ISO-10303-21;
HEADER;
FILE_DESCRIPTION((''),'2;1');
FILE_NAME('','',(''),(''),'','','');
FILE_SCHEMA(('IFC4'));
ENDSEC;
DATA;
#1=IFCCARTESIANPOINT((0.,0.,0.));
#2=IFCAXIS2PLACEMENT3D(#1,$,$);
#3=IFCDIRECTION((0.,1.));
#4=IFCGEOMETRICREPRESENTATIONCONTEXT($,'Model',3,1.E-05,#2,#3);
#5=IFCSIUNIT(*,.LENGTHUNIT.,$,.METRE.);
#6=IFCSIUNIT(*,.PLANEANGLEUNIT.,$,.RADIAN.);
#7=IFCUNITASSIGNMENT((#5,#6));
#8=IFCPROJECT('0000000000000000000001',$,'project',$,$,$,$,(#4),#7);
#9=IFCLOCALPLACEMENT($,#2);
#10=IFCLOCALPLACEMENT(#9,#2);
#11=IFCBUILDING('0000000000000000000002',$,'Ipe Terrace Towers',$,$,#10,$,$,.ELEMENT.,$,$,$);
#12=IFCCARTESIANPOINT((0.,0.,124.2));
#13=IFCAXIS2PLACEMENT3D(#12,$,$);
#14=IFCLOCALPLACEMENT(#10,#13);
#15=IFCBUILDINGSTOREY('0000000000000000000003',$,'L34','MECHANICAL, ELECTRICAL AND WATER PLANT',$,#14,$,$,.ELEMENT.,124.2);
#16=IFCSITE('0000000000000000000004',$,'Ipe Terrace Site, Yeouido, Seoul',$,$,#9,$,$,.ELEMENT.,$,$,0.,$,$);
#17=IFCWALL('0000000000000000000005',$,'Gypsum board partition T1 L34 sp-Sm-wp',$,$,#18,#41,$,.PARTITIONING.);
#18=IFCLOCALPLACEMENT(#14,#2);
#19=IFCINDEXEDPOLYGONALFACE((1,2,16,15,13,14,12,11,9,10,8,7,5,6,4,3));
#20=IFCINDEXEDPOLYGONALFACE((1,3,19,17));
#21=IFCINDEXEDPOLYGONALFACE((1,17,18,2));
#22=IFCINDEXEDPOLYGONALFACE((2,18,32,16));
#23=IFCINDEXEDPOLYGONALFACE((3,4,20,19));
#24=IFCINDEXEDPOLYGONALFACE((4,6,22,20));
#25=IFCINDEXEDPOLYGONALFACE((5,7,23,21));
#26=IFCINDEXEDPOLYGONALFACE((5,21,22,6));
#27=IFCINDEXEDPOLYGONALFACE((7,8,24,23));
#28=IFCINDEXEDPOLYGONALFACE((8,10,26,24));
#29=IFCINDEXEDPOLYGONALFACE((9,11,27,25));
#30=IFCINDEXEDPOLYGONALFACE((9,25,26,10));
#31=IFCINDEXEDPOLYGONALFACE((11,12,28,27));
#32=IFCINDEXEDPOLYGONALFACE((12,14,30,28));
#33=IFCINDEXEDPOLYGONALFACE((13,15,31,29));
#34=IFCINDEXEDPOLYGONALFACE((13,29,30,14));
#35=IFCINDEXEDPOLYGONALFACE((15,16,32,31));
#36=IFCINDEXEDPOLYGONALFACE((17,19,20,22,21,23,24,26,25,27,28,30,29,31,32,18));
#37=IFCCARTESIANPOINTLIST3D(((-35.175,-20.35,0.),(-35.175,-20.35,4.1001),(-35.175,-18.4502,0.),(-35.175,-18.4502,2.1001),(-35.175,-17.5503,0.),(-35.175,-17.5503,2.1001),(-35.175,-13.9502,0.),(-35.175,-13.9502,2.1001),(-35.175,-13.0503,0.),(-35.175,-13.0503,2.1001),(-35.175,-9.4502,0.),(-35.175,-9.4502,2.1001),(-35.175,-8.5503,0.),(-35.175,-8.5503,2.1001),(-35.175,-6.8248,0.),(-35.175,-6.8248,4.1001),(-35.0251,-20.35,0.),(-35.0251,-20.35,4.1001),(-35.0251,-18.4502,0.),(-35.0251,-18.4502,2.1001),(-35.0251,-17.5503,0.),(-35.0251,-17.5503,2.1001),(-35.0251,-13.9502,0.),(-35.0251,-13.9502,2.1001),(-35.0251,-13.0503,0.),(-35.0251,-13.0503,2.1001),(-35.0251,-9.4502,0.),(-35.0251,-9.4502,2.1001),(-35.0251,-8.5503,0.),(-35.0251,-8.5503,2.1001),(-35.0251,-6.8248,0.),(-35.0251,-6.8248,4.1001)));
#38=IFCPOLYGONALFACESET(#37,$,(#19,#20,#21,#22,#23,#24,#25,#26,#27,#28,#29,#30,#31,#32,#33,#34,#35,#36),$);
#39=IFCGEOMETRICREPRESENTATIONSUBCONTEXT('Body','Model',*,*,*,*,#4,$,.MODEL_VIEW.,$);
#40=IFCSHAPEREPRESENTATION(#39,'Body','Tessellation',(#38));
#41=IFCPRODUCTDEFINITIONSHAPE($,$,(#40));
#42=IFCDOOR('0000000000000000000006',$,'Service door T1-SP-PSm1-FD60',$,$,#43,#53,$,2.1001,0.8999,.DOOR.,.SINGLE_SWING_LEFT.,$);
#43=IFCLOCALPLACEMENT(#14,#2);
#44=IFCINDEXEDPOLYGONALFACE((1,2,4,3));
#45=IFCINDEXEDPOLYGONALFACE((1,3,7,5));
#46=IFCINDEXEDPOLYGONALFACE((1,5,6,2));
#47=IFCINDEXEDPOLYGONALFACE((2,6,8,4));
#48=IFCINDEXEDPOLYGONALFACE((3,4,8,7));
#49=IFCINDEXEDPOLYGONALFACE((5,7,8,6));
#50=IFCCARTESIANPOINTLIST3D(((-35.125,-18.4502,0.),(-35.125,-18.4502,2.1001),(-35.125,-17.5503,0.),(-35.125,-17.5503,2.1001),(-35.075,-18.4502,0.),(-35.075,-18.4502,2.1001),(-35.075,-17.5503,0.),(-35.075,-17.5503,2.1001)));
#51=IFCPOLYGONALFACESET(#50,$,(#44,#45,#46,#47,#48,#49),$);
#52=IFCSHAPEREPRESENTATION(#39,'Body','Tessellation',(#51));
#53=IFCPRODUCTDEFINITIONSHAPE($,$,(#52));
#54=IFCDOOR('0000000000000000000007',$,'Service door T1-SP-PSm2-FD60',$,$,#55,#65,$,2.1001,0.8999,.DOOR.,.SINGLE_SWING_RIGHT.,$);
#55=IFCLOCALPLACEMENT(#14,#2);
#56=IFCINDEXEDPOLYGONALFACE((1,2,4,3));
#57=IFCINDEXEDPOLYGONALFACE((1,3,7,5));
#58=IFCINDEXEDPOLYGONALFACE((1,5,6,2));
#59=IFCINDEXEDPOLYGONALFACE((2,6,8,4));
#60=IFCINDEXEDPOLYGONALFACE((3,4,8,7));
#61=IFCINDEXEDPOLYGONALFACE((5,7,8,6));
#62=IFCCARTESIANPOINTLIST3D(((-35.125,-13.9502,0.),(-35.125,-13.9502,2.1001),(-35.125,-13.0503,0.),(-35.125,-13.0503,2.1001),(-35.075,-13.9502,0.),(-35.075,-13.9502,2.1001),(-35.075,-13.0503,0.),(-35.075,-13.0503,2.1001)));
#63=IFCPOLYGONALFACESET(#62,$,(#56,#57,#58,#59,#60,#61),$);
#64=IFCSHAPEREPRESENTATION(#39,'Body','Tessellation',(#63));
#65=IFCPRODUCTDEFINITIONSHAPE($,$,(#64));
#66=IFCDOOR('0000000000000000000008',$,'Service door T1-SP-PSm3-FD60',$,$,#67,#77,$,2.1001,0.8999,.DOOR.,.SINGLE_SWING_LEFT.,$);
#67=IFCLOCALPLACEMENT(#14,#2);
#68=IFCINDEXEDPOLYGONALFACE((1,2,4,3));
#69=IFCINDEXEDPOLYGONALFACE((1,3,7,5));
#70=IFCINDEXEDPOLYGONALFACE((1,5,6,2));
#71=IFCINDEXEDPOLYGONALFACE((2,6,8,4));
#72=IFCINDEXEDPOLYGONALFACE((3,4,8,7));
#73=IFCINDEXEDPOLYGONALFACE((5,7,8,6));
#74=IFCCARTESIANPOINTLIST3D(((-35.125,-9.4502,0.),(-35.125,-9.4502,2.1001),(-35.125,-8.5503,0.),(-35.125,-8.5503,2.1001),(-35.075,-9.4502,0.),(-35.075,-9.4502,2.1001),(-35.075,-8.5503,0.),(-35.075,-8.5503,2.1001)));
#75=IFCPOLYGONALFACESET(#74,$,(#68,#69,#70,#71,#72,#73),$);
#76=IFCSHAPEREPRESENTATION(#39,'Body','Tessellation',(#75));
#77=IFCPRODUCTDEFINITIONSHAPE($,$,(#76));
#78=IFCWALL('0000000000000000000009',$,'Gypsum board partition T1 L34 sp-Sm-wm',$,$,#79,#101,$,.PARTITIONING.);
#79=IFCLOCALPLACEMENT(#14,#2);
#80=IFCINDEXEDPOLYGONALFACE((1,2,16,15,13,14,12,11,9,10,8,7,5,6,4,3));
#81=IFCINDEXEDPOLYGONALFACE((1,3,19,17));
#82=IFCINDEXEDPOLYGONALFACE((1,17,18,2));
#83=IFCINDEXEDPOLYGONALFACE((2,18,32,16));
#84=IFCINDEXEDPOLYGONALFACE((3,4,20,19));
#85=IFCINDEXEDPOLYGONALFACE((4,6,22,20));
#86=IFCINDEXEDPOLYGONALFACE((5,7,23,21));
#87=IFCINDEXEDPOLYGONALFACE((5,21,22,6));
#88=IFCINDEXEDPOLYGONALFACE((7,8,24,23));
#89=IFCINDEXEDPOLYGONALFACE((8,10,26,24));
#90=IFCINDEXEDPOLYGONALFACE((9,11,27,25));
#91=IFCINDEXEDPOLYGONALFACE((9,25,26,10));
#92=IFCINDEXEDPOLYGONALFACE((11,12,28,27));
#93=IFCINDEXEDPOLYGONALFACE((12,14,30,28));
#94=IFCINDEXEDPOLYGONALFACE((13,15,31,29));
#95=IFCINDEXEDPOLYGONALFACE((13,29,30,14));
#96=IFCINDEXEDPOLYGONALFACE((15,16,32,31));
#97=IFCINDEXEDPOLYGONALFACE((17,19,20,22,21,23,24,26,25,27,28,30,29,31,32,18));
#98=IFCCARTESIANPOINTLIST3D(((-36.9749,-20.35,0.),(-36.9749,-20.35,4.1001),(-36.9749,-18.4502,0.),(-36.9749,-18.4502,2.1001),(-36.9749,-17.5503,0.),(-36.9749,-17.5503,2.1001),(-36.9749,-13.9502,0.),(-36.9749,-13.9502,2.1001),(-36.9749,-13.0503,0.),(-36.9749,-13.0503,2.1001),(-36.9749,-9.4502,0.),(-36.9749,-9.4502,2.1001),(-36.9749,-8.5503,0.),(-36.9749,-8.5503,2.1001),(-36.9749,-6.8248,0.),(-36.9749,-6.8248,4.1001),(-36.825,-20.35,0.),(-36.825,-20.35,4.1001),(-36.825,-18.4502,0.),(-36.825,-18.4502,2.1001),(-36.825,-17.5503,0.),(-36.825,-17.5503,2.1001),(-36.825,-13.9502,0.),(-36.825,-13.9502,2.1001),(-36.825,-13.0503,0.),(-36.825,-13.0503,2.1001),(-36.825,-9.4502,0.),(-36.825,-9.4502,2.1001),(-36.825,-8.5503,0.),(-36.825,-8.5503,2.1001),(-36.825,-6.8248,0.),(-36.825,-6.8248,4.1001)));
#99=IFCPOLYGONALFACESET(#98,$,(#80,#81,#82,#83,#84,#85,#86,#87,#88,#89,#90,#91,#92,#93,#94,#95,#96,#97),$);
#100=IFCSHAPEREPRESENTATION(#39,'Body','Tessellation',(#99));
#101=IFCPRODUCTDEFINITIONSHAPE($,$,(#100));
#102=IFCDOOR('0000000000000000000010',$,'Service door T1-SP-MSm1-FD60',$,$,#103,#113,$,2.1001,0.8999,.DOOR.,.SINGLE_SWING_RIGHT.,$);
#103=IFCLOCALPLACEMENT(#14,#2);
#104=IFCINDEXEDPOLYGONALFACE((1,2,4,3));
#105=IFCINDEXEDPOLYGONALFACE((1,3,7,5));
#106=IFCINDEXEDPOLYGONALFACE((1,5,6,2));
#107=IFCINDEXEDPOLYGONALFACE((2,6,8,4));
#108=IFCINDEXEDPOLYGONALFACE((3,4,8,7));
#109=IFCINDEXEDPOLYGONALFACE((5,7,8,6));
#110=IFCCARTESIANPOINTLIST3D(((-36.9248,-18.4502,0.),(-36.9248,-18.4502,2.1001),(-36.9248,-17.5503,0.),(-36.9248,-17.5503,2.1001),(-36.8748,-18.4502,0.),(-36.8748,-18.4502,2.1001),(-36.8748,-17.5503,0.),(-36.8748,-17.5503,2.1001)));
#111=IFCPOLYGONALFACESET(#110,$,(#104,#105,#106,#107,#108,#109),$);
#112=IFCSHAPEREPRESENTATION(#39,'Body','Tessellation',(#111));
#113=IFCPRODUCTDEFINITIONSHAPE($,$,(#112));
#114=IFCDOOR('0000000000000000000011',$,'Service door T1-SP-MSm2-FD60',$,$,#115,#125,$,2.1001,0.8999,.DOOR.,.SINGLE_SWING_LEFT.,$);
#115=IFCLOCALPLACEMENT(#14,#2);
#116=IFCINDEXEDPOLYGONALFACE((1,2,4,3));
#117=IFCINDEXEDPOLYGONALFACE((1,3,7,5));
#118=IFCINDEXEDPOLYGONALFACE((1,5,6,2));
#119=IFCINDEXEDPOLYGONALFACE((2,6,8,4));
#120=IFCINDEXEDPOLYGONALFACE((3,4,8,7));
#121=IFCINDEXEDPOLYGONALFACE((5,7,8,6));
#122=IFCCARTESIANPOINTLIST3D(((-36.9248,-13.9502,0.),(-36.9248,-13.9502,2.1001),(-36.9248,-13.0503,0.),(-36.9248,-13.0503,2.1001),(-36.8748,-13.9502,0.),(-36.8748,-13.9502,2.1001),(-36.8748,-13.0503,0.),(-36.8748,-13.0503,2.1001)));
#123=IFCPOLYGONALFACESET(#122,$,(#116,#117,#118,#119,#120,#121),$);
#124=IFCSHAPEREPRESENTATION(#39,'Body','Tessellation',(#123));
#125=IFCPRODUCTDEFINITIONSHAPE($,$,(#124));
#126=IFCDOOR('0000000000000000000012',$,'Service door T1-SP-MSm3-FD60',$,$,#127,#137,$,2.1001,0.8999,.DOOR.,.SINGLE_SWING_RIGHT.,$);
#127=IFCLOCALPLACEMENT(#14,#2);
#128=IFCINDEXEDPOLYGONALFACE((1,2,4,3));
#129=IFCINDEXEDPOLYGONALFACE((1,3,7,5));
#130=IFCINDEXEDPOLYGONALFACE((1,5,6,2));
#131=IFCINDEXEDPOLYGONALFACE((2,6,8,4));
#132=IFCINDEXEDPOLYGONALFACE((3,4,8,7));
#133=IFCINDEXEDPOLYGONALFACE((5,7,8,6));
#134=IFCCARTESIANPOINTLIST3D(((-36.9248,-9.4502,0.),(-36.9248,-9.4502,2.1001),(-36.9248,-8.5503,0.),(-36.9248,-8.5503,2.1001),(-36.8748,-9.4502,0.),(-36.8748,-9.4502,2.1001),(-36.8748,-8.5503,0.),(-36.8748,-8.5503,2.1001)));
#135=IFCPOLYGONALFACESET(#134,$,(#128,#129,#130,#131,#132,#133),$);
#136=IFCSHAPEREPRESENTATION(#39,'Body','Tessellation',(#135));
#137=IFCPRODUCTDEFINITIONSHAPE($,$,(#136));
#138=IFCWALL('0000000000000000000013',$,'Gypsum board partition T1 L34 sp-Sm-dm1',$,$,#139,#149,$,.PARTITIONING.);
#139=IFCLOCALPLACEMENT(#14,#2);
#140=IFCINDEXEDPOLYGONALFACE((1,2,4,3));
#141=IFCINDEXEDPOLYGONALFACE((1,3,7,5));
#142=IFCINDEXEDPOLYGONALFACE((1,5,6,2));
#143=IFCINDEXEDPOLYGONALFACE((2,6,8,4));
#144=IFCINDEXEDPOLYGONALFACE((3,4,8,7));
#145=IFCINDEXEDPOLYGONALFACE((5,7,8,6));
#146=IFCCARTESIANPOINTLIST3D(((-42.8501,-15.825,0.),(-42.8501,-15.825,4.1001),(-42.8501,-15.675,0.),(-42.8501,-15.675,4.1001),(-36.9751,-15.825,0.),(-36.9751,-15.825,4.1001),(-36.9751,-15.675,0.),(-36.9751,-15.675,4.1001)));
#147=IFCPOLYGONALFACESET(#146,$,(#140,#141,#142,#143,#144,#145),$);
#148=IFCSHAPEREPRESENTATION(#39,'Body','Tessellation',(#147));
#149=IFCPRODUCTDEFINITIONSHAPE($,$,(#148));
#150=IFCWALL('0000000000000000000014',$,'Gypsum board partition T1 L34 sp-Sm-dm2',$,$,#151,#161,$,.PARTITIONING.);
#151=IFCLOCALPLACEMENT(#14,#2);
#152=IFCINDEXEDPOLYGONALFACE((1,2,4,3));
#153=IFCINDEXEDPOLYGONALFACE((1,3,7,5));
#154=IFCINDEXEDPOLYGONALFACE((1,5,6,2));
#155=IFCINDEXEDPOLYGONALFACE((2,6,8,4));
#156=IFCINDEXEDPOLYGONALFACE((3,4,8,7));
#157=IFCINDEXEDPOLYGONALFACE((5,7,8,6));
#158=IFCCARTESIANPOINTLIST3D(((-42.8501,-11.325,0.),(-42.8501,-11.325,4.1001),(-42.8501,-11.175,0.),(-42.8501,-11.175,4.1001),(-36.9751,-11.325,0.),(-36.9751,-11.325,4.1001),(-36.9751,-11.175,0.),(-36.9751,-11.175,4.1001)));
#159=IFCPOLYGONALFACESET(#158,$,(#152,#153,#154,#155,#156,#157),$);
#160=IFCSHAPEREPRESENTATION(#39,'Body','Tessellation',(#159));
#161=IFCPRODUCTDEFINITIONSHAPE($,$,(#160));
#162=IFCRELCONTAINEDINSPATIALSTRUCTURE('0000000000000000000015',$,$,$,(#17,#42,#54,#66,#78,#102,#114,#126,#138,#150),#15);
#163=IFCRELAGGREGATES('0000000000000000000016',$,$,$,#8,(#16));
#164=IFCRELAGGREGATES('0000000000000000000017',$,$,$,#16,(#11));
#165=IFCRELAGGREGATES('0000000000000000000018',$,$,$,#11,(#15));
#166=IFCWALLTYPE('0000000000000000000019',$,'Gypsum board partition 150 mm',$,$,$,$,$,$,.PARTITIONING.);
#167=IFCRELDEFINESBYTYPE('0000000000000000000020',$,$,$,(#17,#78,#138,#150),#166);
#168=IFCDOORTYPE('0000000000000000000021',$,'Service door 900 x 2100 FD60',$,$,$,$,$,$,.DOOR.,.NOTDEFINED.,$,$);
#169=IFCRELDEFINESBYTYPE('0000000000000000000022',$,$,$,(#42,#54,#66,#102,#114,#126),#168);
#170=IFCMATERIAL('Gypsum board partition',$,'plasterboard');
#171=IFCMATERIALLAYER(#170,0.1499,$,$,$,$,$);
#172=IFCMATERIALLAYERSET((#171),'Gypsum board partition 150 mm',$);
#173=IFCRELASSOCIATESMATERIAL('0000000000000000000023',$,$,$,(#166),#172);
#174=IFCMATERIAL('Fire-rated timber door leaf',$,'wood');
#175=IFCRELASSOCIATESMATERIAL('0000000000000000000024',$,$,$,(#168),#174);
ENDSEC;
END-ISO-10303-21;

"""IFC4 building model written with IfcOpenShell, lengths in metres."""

from ifc_helpers import new_model, si_unit, direction, frame, frame_2d, origin, place, context, subcontext, project, spatial, rectangle, extrude, material, layer, layer_set, type_object, element, fill, save


model = new_model("IFC4")

# Units and contexts
model_context = context("Model", 3, precision=1e-05, world=origin(), true_north=direction((0.0, 1.0)))
body_context = subcontext(model_context, "Body", "Model", "MODEL_VIEW")
ifc_project = project(units=[si_unit("LENGTHUNIT", "METRE"), si_unit("PLANEANGLEUNIT", "RADIAN")], contexts=[model_context])

# Site, building, storey
site_placement = place(None, origin())
site = spatial("IfcSite", under=ifc_project, at=site_placement, Name="Ipe Terrace Site, Yeouido, Seoul", CompositionType="ELEMENT", RefElevation=0.0)
building_placement = place(site_placement, origin())
building = spatial("IfcBuilding", under=site, at=building_placement, Name="Ipe Terrace Towers", CompositionType="ELEMENT")
storey_placement = place(building_placement, frame((0.0, 0.0, 124.2)))
storey = spatial("IfcBuildingStorey", under=building, at=storey_placement, Name="L34", Description="MECHANICAL, ELECTRICAL AND WATER PLANT", CompositionType="ELEMENT", Elevation=124.2)

# Shared definitions
ifc_material_1 = material(Name="Gypsum board partition", Category="plasterboard")
ifc_layer_1 = layer(ifc_material_1, 0.1499)
ifc_layer_set_1 = layer_set([ifc_layer_1], Name="Gypsum board partition 150 mm")
wall_type_1 = type_object("IfcWallType", Name="Gypsum board partition 150 mm", PredefinedType="PARTITIONING", material=ifc_layer_set_1)

# Walls, openings, doors
wall_1_placement = place(storey_placement, frame((-35.1001, -20.3501, 0.0), z_axis=(0.0, 0.0, 1.0), x_axis=(0.0, 1.0, 0.0)))
wall_1 = element("IfcWall", 1, at=wall_1_placement, inside=storey, type_object=wall_type_1, Name="Gypsum board partition T1 L34 sp-Sm-wp", PredefinedType="PARTITIONING", context=body_context, shape_type="SweptSolid", body=[
    extrude(rectangle(XDim=13.5251, YDim=0.1499, at=frame_2d((6.7627, 0.0))), origin(), (0.0, 0.0, 1.0), 4.1001),
])
opening_1_placement = place(wall_1_placement, frame((1.8999, 0.0, 0.0)))
opening_1 = element("IfcOpeningElement", 2, at=opening_1_placement, cuts=wall_1, PredefinedType="OPENING", context=body_context, shape_type="SweptSolid", body=[
    extrude(rectangle(XDim=0.8999, YDim=2.1001, at=frame_2d((0.45, 1.05))), frame((0.0, 0.085, 0.0), z_axis=(0.0, -1.0, 0.0), x_axis=(1.0, 0.0, 0.0)), (0.0, 0.0, 1.0), 0.1699),
])
opening_2_placement = place(wall_1_placement, frame((6.3999, 0.0, 0.0)))
opening_2 = element("IfcOpeningElement", 3, at=opening_2_placement, cuts=wall_1, PredefinedType="OPENING", context=body_context, shape_type="SweptSolid", body=[
    extrude(rectangle(XDim=0.8999, YDim=2.1001, at=frame_2d((0.45, 1.05))), frame((0.0, 0.085, 0.0), z_axis=(0.0, -1.0, 0.0), x_axis=(1.0, 0.0, 0.0)), (0.0, 0.0, 1.0), 0.1699),
])
opening_3_placement = place(wall_1_placement, frame((10.8999, 0.0, 0.0)))
opening_3 = element("IfcOpeningElement", 4, at=opening_3_placement, cuts=wall_1, PredefinedType="OPENING", context=body_context, shape_type="SweptSolid", body=[
    extrude(rectangle(XDim=0.8999, YDim=2.1001, at=frame_2d((0.45, 1.05))), frame((0.0, 0.085, 0.0), z_axis=(0.0, -1.0, 0.0), x_axis=(1.0, 0.0, 0.0)), (0.0, 0.0, 1.0), 0.1699),
])
ifc_material_2 = material(Name="Fire-rated timber door leaf", Category="wood")
door_type_1 = type_object("IfcDoorType", Name="Service door 900 x 2100 FD60", OperationType="NOTDEFINED", PredefinedType="DOOR", material=ifc_material_2)
door_1_placement = place(opening_1_placement, origin())
door_1 = element("IfcDoor", 5, at=door_1_placement, inside=storey, type_object=door_type_1, Name="Service door T1-SP-PSm1-FD60", OperationType="SINGLE_SWING_LEFT", OverallHeight=2.1001, OverallWidth=0.8999, PredefinedType="DOOR", context=body_context, shape_type="SweptSolid", body=[
    extrude(rectangle(XDim=0.8999, YDim=2.1001, at=frame_2d((0.45, 1.05))), frame((0.0, 0.0249, 0.0), z_axis=(0.0, -1.0, 0.0), x_axis=(1.0, 0.0, 0.0)), (0.0, 0.0, 1.0), 0.05),
])
fill(opening_1, door_1)
door_2_placement = place(opening_2_placement, origin())
door_2 = element("IfcDoor", 6, at=door_2_placement, inside=storey, type_object=door_type_1, Name="Service door T1-SP-PSm2-FD60", OperationType="SINGLE_SWING_RIGHT", OverallHeight=2.1001, OverallWidth=0.8999, PredefinedType="DOOR", context=body_context, shape_type="SweptSolid", body=[
    extrude(rectangle(XDim=0.8999, YDim=2.1001, at=frame_2d((0.45, 1.05))), frame((0.0, 0.0249, 0.0), z_axis=(0.0, -1.0, 0.0), x_axis=(1.0, 0.0, 0.0)), (0.0, 0.0, 1.0), 0.05),
])
fill(opening_2, door_2)
door_3_placement = place(opening_3_placement, origin())
door_3 = element("IfcDoor", 7, at=door_3_placement, inside=storey, type_object=door_type_1, Name="Service door T1-SP-PSm3-FD60", OperationType="SINGLE_SWING_LEFT", OverallHeight=2.1001, OverallWidth=0.8999, PredefinedType="DOOR", context=body_context, shape_type="SweptSolid", body=[
    extrude(rectangle(XDim=0.8999, YDim=2.1001, at=frame_2d((0.45, 1.05))), frame((0.0, 0.0249, 0.0), z_axis=(0.0, -1.0, 0.0), x_axis=(1.0, 0.0, 0.0)), (0.0, 0.0, 1.0), 0.05),
])
fill(opening_3, door_3)
wall_2_placement = place(storey_placement, frame((-36.8999, -20.3501, 0.0), z_axis=(0.0, 0.0, 1.0), x_axis=(0.0, 1.0, 0.0)))
wall_2 = element("IfcWall", 8, at=wall_2_placement, inside=storey, type_object=wall_type_1, Name="Gypsum board partition T1 L34 sp-Sm-wm", PredefinedType="PARTITIONING", context=body_context, shape_type="SweptSolid", body=[
    extrude(rectangle(XDim=13.5251, YDim=0.1499, at=frame_2d((6.7627, 0.0))), origin(), (0.0, 0.0, 1.0), 4.1001),
])
opening_4_placement = place(wall_2_placement, frame((1.8999, 0.0, 0.0)))
opening_4 = element("IfcOpeningElement", 9, at=opening_4_placement, cuts=wall_2, PredefinedType="OPENING", context=body_context, shape_type="SweptSolid", body=[
    extrude(rectangle(XDim=0.8999, YDim=2.1001, at=frame_2d((0.45, 1.05))), frame((0.0, 0.085, 0.0), z_axis=(0.0, -1.0, 0.0), x_axis=(1.0, 0.0, 0.0)), (0.0, 0.0, 1.0), 0.1699),
])
opening_5_placement = place(wall_2_placement, frame((6.3999, 0.0, 0.0)))
opening_5 = element("IfcOpeningElement", 10, at=opening_5_placement, cuts=wall_2, PredefinedType="OPENING", context=body_context, shape_type="SweptSolid", body=[
    extrude(rectangle(XDim=0.8999, YDim=2.1001, at=frame_2d((0.45, 1.05))), frame((0.0, 0.085, 0.0), z_axis=(0.0, -1.0, 0.0), x_axis=(1.0, 0.0, 0.0)), (0.0, 0.0, 1.0), 0.1699),
])
opening_6_placement = place(wall_2_placement, frame((10.8999, 0.0, 0.0)))
opening_6 = element("IfcOpeningElement", 11, at=opening_6_placement, cuts=wall_2, PredefinedType="OPENING", context=body_context, shape_type="SweptSolid", body=[
    extrude(rectangle(XDim=0.8999, YDim=2.1001, at=frame_2d((0.45, 1.05))), frame((0.0, 0.085, 0.0), z_axis=(0.0, -1.0, 0.0), x_axis=(1.0, 0.0, 0.0)), (0.0, 0.0, 1.0), 0.1699),
])
door_4_placement = place(opening_4_placement, origin())
door_4 = element("IfcDoor", 12, at=door_4_placement, inside=storey, type_object=door_type_1, Name="Service door T1-SP-MSm1-FD60", OperationType="SINGLE_SWING_RIGHT", OverallHeight=2.1001, OverallWidth=0.8999, PredefinedType="DOOR", context=body_context, shape_type="SweptSolid", body=[
    extrude(rectangle(XDim=0.8999, YDim=2.1001, at=frame_2d((0.45, 1.05))), frame((0.0, 0.0249, 0.0), z_axis=(0.0, -1.0, 0.0), x_axis=(1.0, 0.0, 0.0)), (0.0, 0.0, 1.0), 0.05),
])
fill(opening_4, door_4)
door_5_placement = place(opening_5_placement, origin())
door_5 = element("IfcDoor", 13, at=door_5_placement, inside=storey, type_object=door_type_1, Name="Service door T1-SP-MSm2-FD60", OperationType="SINGLE_SWING_LEFT", OverallHeight=2.1001, OverallWidth=0.8999, PredefinedType="DOOR", context=body_context, shape_type="SweptSolid", body=[
    extrude(rectangle(XDim=0.8999, YDim=2.1001, at=frame_2d((0.45, 1.05))), frame((0.0, 0.0249, 0.0), z_axis=(0.0, -1.0, 0.0), x_axis=(1.0, 0.0, 0.0)), (0.0, 0.0, 1.0), 0.05),
])
fill(opening_5, door_5)
door_6_placement = place(opening_6_placement, origin())
door_6 = element("IfcDoor", 14, at=door_6_placement, inside=storey, type_object=door_type_1, Name="Service door T1-SP-MSm3-FD60", OperationType="SINGLE_SWING_RIGHT", OverallHeight=2.1001, OverallWidth=0.8999, PredefinedType="DOOR", context=body_context, shape_type="SweptSolid", body=[
    extrude(rectangle(XDim=0.8999, YDim=2.1001, at=frame_2d((0.45, 1.05))), frame((0.0, 0.0249, 0.0), z_axis=(0.0, -1.0, 0.0), x_axis=(1.0, 0.0, 0.0)), (0.0, 0.0, 1.0), 0.05),
])
fill(opening_6, door_6)

# Walls
for number, where, z_axis, x_axis, name in (
    (15, (-36.9751, -15.75, 0.0), (0.0, 0.0, 1.0), (-1.0, 0.0, 0.0), "Gypsum board partition T1 L34 sp-Sm-dm1"),
    (16, (-36.9751, -11.25, 0.0), (0.0, 0.0, 1.0), (-1.0, 0.0, 0.0), "Gypsum board partition T1 L34 sp-Sm-dm2"),
):
    element("IfcWall", number, at=place(storey_placement, frame(where, z_axis=z_axis, x_axis=x_axis)), inside=storey, type_object=wall_type_1, Name=name, PredefinedType="PARTITIONING", context=body_context, shape_type="SweptSolid", body=[
        extrude(rectangle(XDim=5.875, YDim=0.1499, at=frame_2d((2.9375, 0.0))), origin(), (0.0, 0.0, 1.0), 4.1001),
    ])

save(model, "model.ifc")
